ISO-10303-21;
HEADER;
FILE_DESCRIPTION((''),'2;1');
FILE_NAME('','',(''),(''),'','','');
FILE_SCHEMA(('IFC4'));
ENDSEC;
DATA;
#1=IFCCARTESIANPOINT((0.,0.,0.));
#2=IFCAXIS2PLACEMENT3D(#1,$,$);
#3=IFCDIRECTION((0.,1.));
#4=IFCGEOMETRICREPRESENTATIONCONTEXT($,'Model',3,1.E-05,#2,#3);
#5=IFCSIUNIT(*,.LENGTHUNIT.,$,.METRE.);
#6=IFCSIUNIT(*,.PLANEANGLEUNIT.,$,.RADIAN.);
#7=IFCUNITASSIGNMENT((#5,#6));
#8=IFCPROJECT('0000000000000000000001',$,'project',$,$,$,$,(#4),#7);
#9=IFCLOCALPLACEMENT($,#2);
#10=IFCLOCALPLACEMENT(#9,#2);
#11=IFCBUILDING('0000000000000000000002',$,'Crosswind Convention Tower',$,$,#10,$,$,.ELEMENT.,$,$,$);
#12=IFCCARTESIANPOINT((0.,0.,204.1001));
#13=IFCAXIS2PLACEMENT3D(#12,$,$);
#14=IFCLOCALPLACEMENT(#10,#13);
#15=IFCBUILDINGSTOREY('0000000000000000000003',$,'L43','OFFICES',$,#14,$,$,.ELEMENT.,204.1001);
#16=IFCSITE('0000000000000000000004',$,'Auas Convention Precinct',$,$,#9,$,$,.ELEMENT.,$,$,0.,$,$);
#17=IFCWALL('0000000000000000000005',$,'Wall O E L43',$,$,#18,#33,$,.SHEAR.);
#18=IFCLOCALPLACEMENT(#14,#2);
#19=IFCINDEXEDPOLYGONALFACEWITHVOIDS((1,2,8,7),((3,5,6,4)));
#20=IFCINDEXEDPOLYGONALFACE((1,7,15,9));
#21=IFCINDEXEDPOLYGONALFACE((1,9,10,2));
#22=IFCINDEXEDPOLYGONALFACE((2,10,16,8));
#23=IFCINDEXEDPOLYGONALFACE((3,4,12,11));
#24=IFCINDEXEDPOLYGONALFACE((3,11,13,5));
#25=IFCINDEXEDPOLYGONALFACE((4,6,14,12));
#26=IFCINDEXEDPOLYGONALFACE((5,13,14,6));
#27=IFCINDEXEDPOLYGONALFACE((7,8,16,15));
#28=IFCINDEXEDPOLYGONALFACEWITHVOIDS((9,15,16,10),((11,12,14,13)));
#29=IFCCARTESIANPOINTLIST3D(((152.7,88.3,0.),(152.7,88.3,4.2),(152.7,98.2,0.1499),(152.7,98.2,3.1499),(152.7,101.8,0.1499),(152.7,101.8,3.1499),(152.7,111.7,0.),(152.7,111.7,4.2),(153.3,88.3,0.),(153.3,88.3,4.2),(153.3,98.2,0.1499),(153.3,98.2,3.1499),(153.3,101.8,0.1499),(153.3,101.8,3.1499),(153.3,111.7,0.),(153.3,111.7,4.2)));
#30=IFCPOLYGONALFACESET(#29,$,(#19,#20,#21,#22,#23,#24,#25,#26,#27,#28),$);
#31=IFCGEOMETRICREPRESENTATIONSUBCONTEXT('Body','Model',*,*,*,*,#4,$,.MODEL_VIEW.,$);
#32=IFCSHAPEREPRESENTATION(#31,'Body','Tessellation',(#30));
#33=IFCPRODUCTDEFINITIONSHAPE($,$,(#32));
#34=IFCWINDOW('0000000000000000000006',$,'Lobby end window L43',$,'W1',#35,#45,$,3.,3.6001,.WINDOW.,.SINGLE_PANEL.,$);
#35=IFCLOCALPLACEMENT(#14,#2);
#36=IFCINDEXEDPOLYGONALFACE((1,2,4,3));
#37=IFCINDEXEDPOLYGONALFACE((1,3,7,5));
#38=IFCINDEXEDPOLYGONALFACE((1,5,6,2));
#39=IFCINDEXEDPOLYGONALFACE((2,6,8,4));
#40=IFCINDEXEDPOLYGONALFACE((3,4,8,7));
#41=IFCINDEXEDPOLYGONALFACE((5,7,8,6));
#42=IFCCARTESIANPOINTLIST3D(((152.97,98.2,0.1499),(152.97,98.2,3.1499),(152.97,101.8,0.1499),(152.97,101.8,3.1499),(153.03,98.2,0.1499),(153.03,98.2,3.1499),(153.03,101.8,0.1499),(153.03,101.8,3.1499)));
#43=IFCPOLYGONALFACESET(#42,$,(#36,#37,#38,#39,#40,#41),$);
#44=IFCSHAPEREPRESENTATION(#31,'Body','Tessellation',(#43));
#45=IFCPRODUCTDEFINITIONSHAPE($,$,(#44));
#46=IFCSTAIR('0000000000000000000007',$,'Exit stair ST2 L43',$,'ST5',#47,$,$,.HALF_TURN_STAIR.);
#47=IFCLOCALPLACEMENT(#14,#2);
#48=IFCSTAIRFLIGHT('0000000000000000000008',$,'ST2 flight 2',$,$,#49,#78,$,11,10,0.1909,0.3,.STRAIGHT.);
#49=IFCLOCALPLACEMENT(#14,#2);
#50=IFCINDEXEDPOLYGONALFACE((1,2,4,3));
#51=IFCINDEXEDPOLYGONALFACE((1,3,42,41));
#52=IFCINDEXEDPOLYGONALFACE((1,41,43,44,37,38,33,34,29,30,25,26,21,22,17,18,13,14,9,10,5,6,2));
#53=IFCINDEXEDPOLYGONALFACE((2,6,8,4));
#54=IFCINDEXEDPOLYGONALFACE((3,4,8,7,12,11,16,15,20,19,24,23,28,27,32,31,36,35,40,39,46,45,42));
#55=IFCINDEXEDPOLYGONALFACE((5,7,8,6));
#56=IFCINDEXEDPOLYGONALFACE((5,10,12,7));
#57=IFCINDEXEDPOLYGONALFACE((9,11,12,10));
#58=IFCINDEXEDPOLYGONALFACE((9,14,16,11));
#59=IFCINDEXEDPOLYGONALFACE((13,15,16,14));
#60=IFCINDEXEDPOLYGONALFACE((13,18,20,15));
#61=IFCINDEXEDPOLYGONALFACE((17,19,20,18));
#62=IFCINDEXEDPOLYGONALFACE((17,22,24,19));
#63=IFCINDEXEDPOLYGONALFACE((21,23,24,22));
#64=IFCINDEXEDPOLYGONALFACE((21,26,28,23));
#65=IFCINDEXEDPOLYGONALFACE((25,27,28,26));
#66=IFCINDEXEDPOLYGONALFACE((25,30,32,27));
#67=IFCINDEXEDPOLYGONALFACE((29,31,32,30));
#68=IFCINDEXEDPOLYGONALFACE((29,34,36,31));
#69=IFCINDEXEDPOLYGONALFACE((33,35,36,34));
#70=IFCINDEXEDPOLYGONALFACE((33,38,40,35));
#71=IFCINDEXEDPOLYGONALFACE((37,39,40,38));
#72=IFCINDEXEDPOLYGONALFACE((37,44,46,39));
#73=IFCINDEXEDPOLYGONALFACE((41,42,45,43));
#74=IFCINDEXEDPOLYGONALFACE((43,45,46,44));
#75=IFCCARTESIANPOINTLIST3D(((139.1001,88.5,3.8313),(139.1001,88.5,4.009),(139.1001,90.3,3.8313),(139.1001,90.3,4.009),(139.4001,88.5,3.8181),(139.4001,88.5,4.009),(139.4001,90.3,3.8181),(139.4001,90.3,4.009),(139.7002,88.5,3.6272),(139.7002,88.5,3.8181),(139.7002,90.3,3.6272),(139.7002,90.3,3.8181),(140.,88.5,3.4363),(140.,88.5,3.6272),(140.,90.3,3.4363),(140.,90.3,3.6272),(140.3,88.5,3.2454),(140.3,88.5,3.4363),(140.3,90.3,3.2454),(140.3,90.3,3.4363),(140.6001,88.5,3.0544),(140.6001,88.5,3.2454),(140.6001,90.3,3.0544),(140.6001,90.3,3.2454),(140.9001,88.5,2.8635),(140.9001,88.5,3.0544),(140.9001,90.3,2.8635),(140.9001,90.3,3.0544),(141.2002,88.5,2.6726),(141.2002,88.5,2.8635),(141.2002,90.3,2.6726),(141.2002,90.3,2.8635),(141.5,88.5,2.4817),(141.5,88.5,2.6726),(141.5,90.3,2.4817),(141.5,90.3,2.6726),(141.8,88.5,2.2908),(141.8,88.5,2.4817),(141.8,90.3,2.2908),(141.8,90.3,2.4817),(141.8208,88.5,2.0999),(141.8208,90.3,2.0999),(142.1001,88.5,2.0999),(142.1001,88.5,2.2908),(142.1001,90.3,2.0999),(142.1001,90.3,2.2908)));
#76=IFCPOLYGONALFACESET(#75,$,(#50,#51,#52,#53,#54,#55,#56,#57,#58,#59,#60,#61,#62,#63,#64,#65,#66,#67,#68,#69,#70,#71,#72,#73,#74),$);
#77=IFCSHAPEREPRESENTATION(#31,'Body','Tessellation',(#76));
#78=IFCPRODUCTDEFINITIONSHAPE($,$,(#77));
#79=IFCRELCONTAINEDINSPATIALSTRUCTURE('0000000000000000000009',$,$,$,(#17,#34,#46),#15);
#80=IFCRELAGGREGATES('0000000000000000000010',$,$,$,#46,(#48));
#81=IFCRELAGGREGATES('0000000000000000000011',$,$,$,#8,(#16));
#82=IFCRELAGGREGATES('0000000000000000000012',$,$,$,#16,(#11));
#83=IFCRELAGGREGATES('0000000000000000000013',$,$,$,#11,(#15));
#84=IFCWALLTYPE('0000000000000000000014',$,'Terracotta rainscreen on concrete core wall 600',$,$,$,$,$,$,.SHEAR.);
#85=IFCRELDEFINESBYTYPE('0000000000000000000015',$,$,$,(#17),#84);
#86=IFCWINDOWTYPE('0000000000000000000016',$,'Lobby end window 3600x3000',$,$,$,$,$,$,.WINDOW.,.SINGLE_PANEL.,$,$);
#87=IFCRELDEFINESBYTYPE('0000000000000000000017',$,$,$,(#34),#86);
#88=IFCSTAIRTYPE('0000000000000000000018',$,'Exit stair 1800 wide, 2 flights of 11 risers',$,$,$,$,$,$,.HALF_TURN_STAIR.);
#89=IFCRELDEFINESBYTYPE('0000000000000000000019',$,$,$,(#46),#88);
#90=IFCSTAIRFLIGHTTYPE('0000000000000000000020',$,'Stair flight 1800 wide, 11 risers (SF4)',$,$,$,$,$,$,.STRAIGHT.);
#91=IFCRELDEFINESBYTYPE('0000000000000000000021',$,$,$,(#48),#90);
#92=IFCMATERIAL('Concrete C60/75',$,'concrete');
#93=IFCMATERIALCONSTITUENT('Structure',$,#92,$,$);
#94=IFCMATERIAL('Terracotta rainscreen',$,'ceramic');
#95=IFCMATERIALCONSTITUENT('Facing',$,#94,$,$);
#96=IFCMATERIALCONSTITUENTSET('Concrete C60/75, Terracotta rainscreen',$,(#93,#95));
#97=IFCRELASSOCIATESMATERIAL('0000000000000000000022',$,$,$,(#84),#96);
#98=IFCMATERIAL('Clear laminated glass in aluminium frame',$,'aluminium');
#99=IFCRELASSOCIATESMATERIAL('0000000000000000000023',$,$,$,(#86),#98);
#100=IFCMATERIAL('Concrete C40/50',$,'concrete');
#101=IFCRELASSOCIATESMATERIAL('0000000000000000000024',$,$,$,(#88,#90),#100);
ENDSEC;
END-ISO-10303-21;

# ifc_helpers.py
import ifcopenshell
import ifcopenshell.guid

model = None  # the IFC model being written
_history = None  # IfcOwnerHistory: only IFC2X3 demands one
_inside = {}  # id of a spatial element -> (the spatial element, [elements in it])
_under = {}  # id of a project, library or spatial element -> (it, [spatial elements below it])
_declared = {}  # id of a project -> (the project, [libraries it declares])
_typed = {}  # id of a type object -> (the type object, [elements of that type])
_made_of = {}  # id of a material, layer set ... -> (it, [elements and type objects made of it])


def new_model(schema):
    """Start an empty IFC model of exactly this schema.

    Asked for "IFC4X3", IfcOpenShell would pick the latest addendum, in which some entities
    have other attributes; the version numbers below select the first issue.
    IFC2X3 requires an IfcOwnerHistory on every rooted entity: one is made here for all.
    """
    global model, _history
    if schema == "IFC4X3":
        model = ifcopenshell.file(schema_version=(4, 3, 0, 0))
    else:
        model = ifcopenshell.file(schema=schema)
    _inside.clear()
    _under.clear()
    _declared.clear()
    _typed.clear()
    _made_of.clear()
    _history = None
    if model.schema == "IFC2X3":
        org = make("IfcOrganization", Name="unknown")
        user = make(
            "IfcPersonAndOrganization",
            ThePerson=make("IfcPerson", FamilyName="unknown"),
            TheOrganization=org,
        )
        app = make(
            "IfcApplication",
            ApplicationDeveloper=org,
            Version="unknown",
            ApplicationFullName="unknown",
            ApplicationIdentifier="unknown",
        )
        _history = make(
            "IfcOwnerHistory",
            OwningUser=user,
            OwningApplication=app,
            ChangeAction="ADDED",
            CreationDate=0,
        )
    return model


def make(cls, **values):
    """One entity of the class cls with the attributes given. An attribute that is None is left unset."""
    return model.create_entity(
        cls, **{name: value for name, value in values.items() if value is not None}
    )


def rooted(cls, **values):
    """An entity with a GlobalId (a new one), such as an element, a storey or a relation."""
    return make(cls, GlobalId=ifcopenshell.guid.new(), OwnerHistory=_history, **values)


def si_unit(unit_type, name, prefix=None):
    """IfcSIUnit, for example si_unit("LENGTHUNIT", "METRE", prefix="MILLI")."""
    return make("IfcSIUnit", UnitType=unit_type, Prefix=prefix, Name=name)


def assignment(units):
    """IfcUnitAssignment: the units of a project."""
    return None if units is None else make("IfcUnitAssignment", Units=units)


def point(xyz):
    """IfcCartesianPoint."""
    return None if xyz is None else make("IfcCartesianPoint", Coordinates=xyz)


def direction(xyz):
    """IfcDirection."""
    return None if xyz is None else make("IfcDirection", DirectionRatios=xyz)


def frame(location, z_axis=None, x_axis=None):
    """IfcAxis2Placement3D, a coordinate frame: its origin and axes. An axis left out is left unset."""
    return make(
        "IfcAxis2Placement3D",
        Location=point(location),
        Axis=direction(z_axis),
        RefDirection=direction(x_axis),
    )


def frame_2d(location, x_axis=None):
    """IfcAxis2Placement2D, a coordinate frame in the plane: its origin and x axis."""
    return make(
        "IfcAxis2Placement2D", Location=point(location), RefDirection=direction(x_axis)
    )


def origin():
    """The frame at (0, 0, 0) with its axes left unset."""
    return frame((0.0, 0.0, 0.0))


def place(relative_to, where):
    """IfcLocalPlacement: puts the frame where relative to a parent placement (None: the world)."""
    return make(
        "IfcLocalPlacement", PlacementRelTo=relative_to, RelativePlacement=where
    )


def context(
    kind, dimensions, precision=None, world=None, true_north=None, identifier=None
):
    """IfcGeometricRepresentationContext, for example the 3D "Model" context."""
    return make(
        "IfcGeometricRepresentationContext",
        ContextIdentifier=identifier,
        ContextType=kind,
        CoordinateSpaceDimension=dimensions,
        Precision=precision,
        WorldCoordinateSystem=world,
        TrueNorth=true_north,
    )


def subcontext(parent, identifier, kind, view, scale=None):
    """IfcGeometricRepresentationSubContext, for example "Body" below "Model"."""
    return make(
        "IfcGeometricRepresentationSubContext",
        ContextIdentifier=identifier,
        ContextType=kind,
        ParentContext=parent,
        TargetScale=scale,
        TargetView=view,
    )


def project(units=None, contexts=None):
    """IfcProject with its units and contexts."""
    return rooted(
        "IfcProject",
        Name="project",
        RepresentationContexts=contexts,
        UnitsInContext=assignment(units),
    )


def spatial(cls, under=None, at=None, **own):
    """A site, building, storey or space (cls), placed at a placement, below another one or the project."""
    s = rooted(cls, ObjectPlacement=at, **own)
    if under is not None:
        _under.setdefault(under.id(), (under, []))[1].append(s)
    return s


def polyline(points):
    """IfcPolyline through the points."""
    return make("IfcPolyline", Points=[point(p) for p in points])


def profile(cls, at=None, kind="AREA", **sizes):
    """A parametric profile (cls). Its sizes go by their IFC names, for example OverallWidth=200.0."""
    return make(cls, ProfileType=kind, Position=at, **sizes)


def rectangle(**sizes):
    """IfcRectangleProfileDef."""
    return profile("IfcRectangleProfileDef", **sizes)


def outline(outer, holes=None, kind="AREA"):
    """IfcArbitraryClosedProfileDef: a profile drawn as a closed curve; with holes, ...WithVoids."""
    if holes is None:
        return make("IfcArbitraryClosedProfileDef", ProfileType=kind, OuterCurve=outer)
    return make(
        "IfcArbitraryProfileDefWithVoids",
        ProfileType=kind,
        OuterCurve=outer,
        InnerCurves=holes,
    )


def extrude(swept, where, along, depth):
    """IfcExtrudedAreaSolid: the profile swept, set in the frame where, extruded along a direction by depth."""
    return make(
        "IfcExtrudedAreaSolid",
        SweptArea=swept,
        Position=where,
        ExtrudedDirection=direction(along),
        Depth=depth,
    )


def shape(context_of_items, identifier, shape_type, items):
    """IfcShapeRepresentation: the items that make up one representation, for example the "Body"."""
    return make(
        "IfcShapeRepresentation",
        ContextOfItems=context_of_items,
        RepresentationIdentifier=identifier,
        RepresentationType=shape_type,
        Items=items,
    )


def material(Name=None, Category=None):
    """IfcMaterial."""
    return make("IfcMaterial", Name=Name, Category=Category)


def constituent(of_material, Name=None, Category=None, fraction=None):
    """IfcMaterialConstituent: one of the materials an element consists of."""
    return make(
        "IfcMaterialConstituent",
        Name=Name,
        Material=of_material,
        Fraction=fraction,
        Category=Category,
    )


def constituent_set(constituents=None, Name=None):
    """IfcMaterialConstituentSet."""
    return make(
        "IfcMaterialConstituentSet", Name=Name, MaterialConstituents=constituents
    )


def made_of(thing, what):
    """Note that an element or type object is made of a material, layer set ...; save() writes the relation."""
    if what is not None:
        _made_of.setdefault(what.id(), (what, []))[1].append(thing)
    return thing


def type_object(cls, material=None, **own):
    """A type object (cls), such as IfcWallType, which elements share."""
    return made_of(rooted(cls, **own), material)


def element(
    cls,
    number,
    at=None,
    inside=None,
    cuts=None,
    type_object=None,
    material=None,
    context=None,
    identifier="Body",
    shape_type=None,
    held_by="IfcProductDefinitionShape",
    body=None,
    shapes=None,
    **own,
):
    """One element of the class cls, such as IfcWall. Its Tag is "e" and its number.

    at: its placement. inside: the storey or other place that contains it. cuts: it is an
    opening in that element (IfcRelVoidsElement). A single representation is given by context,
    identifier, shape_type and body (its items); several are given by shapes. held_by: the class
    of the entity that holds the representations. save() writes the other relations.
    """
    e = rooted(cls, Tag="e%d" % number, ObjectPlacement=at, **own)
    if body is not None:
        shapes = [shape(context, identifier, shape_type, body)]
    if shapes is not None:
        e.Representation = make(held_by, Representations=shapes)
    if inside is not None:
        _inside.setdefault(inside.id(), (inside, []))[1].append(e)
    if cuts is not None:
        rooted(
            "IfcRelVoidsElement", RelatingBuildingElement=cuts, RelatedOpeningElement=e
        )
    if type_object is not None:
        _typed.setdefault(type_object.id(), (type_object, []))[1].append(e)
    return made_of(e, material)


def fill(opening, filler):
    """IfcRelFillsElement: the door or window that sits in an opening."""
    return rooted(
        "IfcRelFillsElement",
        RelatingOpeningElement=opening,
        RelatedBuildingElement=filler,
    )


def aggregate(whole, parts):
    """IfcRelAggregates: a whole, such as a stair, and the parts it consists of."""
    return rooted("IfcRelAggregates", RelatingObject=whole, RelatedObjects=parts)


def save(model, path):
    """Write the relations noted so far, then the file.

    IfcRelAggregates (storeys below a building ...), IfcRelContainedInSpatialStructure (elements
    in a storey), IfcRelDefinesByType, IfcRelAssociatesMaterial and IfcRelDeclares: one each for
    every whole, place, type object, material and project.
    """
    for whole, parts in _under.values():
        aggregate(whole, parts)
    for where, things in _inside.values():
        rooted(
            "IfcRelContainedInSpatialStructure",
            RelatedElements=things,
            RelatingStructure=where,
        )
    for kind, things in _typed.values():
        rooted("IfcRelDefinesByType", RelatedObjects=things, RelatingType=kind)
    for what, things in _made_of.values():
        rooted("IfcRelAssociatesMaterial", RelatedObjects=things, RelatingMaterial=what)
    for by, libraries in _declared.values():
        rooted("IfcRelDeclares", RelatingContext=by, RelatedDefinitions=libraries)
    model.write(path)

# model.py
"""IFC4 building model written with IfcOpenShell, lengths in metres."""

from ifc_helpers import new_model, si_unit, direction, frame, frame_2d, origin, place, context, subcontext, project, spatial, polyline, rectangle, outline, extrude, material, constituent, constituent_set, type_object, element, fill, aggregate, save


model = new_model("IFC4")

# Units and contexts
model_context = context("Model", 3, precision=1e-05, world=origin(), true_north=direction((0.0, 1.0)))
body_context = subcontext(model_context, "Body", "Model", "MODEL_VIEW")
ifc_project = project(units=[si_unit("LENGTHUNIT", "METRE"), si_unit("PLANEANGLEUNIT", "RADIAN")], contexts=[model_context])

# Site, building, storey
site_placement = place(None, origin())
site = spatial("IfcSite", under=ifc_project, at=site_placement, Name="Auas Convention Precinct", CompositionType="ELEMENT", RefElevation=0.0)
building_placement = place(site_placement, origin())
building = spatial("IfcBuilding", under=site, at=building_placement, Name="Crosswind Convention Tower", CompositionType="ELEMENT")
storey_placement = place(building_placement, frame((0.0, 0.0, 204.1001)))
storey = spatial("IfcBuildingStorey", under=building, at=storey_placement, Name="L43", Description="OFFICES", CompositionType="ELEMENT", Elevation=204.1001)

# Wall, opening, window
ifc_material_1 = material(Name="Concrete C60/75", Category="concrete")
ifc_constituent_1 = constituent(ifc_material_1, Name="Structure")
ifc_material_2 = material(Name="Terracotta rainscreen", Category="ceramic")
ifc_constituent_2 = constituent(ifc_material_2, Name="Facing")
ifc_constituent_set = constituent_set(constituents=[ifc_constituent_1, ifc_constituent_2], Name="Concrete C60/75, Terracotta rainscreen")
wall_type_1 = type_object("IfcWallType", Name="Terracotta rainscreen on concrete core wall 600", PredefinedType="SHEAR", material=ifc_constituent_set)
wall_1_placement = place(storey_placement, frame((153.0, 88.3, 0.0), z_axis=(0.0, 0.0, 1.0), x_axis=(0.0, 1.0, 0.0)))
wall_1 = element("IfcWall", 1, at=wall_1_placement, inside=storey, type_object=wall_type_1, Name="Wall O E L43", PredefinedType="SHEAR", context=body_context, shape_type="SweptSolid", body=[
    extrude(rectangle(XDim=23.3999, YDim=0.6001, at=frame_2d((11.7, 0.0))), origin(), (0.0, 0.0, 1.0), 4.2),
])
opening_1_placement = place(wall_1_placement, frame((9.8999, 0.0, 0.1499)))
opening_1 = element("IfcOpeningElement", 2, at=opening_1_placement, cuts=wall_1, PredefinedType="OPENING", context=body_context, shape_type="SweptSolid", body=[
    extrude(rectangle(XDim=3.6001, YDim=3.0, at=frame_2d((1.8, 1.5))), frame((0.0, 0.3101, 0.0), z_axis=(0.0, -1.0, 0.0), x_axis=(1.0, 0.0, 0.0)), (0.0, 0.0, 1.0), 0.6201),
])
ifc_material_3 = material(Name="Clear laminated glass in aluminium frame", Category="aluminium")
window_type = type_object("IfcWindowType", Name="Lobby end window 3600x3000", PartitioningType="SINGLE_PANEL", PredefinedType="WINDOW", material=ifc_material_3)
window_placement = place(opening_1_placement, origin())
window = element("IfcWindow", 3, at=window_placement, inside=storey, type_object=window_type, Name="Lobby end window L43", ObjectType="W1", OverallHeight=3.0, OverallWidth=3.6001, PartitioningType="SINGLE_PANEL", PredefinedType="WINDOW", context=body_context, shape_type="SweptSolid", body=[
    extrude(rectangle(XDim=3.6001, YDim=3.0, at=frame_2d((1.8, 1.5))), frame((0.0, 0.03, 0.0), z_axis=(0.0, -1.0, 0.0), x_axis=(1.0, 0.0, 0.0)), (0.0, 0.0, 1.0), 0.0601),
])
fill(opening_1, window)

# Stair, stair flight
ifc_material_4 = material(Name="Concrete C40/50", Category="concrete")
stair_type = type_object("IfcStairType", Name="Exit stair 1800 wide, 2 flights of 11 risers", PredefinedType="HALF_TURN_STAIR", material=ifc_material_4)
stair_placement = place(storey_placement, origin())
stair = element("IfcStair", 4, at=stair_placement, inside=storey, type_object=stair_type, Name="Exit stair ST2 L43", ObjectType="ST5", PredefinedType="HALF_TURN_STAIR")
stair_flight_type = type_object("IfcStairFlightType", Name="Stair flight 1800 wide, 11 risers (SF4)", PredefinedType="STRAIGHT", material=ifc_material_4)
stair_flight_placement = place(storey_placement, frame((142.1001, 89.3999, 2.0999), z_axis=(0.0, 0.0, 1.0), x_axis=(-1.0, 0.0, 0.0)))
stair_flight = element("IfcStairFlight", 5, at=stair_flight_placement, type_object=stair_flight_type, Name="ST2 flight 2", NumberOfRisers=11, NumberOfTreads=10, PredefinedType="STRAIGHT", RiserHeight=0.1909, TreadLength=0.3, context=body_context, shape_type="SweptSolid", body=[
    extrude(outline(polyline([(0.0, 0.0), (0.0, 0.1909), (0.3, 0.1909), (0.3, 0.3818), (0.6001, 0.3818), (0.6001, 0.5728), (0.8999, 0.5728), (0.8999, 0.7637), (1.2, 0.7637), (1.2, 0.9546), (1.5, 0.9546), (1.5, 1.1455), (1.8, 1.1455), (1.8, 1.3364), (2.1001, 1.3364), (2.1001, 1.5273), (2.3999, 1.5273), (2.3999, 1.7183), (2.7, 1.7183), (2.7, 1.9092), (3.0, 1.9092), (3.0, 2.1001), (3.0, 1.7314), (0.2793, 0.0), (0.0, 0.0)])), frame((0.0, 0.8999, 0.0), z_axis=(0.0, -1.0, 0.0), x_axis=(1.0, 0.0, 0.0)), (0.0, 0.0, 1.0), 1.8),
])
aggregate(stair, [stair_flight])

save(model, "model.ifc")
